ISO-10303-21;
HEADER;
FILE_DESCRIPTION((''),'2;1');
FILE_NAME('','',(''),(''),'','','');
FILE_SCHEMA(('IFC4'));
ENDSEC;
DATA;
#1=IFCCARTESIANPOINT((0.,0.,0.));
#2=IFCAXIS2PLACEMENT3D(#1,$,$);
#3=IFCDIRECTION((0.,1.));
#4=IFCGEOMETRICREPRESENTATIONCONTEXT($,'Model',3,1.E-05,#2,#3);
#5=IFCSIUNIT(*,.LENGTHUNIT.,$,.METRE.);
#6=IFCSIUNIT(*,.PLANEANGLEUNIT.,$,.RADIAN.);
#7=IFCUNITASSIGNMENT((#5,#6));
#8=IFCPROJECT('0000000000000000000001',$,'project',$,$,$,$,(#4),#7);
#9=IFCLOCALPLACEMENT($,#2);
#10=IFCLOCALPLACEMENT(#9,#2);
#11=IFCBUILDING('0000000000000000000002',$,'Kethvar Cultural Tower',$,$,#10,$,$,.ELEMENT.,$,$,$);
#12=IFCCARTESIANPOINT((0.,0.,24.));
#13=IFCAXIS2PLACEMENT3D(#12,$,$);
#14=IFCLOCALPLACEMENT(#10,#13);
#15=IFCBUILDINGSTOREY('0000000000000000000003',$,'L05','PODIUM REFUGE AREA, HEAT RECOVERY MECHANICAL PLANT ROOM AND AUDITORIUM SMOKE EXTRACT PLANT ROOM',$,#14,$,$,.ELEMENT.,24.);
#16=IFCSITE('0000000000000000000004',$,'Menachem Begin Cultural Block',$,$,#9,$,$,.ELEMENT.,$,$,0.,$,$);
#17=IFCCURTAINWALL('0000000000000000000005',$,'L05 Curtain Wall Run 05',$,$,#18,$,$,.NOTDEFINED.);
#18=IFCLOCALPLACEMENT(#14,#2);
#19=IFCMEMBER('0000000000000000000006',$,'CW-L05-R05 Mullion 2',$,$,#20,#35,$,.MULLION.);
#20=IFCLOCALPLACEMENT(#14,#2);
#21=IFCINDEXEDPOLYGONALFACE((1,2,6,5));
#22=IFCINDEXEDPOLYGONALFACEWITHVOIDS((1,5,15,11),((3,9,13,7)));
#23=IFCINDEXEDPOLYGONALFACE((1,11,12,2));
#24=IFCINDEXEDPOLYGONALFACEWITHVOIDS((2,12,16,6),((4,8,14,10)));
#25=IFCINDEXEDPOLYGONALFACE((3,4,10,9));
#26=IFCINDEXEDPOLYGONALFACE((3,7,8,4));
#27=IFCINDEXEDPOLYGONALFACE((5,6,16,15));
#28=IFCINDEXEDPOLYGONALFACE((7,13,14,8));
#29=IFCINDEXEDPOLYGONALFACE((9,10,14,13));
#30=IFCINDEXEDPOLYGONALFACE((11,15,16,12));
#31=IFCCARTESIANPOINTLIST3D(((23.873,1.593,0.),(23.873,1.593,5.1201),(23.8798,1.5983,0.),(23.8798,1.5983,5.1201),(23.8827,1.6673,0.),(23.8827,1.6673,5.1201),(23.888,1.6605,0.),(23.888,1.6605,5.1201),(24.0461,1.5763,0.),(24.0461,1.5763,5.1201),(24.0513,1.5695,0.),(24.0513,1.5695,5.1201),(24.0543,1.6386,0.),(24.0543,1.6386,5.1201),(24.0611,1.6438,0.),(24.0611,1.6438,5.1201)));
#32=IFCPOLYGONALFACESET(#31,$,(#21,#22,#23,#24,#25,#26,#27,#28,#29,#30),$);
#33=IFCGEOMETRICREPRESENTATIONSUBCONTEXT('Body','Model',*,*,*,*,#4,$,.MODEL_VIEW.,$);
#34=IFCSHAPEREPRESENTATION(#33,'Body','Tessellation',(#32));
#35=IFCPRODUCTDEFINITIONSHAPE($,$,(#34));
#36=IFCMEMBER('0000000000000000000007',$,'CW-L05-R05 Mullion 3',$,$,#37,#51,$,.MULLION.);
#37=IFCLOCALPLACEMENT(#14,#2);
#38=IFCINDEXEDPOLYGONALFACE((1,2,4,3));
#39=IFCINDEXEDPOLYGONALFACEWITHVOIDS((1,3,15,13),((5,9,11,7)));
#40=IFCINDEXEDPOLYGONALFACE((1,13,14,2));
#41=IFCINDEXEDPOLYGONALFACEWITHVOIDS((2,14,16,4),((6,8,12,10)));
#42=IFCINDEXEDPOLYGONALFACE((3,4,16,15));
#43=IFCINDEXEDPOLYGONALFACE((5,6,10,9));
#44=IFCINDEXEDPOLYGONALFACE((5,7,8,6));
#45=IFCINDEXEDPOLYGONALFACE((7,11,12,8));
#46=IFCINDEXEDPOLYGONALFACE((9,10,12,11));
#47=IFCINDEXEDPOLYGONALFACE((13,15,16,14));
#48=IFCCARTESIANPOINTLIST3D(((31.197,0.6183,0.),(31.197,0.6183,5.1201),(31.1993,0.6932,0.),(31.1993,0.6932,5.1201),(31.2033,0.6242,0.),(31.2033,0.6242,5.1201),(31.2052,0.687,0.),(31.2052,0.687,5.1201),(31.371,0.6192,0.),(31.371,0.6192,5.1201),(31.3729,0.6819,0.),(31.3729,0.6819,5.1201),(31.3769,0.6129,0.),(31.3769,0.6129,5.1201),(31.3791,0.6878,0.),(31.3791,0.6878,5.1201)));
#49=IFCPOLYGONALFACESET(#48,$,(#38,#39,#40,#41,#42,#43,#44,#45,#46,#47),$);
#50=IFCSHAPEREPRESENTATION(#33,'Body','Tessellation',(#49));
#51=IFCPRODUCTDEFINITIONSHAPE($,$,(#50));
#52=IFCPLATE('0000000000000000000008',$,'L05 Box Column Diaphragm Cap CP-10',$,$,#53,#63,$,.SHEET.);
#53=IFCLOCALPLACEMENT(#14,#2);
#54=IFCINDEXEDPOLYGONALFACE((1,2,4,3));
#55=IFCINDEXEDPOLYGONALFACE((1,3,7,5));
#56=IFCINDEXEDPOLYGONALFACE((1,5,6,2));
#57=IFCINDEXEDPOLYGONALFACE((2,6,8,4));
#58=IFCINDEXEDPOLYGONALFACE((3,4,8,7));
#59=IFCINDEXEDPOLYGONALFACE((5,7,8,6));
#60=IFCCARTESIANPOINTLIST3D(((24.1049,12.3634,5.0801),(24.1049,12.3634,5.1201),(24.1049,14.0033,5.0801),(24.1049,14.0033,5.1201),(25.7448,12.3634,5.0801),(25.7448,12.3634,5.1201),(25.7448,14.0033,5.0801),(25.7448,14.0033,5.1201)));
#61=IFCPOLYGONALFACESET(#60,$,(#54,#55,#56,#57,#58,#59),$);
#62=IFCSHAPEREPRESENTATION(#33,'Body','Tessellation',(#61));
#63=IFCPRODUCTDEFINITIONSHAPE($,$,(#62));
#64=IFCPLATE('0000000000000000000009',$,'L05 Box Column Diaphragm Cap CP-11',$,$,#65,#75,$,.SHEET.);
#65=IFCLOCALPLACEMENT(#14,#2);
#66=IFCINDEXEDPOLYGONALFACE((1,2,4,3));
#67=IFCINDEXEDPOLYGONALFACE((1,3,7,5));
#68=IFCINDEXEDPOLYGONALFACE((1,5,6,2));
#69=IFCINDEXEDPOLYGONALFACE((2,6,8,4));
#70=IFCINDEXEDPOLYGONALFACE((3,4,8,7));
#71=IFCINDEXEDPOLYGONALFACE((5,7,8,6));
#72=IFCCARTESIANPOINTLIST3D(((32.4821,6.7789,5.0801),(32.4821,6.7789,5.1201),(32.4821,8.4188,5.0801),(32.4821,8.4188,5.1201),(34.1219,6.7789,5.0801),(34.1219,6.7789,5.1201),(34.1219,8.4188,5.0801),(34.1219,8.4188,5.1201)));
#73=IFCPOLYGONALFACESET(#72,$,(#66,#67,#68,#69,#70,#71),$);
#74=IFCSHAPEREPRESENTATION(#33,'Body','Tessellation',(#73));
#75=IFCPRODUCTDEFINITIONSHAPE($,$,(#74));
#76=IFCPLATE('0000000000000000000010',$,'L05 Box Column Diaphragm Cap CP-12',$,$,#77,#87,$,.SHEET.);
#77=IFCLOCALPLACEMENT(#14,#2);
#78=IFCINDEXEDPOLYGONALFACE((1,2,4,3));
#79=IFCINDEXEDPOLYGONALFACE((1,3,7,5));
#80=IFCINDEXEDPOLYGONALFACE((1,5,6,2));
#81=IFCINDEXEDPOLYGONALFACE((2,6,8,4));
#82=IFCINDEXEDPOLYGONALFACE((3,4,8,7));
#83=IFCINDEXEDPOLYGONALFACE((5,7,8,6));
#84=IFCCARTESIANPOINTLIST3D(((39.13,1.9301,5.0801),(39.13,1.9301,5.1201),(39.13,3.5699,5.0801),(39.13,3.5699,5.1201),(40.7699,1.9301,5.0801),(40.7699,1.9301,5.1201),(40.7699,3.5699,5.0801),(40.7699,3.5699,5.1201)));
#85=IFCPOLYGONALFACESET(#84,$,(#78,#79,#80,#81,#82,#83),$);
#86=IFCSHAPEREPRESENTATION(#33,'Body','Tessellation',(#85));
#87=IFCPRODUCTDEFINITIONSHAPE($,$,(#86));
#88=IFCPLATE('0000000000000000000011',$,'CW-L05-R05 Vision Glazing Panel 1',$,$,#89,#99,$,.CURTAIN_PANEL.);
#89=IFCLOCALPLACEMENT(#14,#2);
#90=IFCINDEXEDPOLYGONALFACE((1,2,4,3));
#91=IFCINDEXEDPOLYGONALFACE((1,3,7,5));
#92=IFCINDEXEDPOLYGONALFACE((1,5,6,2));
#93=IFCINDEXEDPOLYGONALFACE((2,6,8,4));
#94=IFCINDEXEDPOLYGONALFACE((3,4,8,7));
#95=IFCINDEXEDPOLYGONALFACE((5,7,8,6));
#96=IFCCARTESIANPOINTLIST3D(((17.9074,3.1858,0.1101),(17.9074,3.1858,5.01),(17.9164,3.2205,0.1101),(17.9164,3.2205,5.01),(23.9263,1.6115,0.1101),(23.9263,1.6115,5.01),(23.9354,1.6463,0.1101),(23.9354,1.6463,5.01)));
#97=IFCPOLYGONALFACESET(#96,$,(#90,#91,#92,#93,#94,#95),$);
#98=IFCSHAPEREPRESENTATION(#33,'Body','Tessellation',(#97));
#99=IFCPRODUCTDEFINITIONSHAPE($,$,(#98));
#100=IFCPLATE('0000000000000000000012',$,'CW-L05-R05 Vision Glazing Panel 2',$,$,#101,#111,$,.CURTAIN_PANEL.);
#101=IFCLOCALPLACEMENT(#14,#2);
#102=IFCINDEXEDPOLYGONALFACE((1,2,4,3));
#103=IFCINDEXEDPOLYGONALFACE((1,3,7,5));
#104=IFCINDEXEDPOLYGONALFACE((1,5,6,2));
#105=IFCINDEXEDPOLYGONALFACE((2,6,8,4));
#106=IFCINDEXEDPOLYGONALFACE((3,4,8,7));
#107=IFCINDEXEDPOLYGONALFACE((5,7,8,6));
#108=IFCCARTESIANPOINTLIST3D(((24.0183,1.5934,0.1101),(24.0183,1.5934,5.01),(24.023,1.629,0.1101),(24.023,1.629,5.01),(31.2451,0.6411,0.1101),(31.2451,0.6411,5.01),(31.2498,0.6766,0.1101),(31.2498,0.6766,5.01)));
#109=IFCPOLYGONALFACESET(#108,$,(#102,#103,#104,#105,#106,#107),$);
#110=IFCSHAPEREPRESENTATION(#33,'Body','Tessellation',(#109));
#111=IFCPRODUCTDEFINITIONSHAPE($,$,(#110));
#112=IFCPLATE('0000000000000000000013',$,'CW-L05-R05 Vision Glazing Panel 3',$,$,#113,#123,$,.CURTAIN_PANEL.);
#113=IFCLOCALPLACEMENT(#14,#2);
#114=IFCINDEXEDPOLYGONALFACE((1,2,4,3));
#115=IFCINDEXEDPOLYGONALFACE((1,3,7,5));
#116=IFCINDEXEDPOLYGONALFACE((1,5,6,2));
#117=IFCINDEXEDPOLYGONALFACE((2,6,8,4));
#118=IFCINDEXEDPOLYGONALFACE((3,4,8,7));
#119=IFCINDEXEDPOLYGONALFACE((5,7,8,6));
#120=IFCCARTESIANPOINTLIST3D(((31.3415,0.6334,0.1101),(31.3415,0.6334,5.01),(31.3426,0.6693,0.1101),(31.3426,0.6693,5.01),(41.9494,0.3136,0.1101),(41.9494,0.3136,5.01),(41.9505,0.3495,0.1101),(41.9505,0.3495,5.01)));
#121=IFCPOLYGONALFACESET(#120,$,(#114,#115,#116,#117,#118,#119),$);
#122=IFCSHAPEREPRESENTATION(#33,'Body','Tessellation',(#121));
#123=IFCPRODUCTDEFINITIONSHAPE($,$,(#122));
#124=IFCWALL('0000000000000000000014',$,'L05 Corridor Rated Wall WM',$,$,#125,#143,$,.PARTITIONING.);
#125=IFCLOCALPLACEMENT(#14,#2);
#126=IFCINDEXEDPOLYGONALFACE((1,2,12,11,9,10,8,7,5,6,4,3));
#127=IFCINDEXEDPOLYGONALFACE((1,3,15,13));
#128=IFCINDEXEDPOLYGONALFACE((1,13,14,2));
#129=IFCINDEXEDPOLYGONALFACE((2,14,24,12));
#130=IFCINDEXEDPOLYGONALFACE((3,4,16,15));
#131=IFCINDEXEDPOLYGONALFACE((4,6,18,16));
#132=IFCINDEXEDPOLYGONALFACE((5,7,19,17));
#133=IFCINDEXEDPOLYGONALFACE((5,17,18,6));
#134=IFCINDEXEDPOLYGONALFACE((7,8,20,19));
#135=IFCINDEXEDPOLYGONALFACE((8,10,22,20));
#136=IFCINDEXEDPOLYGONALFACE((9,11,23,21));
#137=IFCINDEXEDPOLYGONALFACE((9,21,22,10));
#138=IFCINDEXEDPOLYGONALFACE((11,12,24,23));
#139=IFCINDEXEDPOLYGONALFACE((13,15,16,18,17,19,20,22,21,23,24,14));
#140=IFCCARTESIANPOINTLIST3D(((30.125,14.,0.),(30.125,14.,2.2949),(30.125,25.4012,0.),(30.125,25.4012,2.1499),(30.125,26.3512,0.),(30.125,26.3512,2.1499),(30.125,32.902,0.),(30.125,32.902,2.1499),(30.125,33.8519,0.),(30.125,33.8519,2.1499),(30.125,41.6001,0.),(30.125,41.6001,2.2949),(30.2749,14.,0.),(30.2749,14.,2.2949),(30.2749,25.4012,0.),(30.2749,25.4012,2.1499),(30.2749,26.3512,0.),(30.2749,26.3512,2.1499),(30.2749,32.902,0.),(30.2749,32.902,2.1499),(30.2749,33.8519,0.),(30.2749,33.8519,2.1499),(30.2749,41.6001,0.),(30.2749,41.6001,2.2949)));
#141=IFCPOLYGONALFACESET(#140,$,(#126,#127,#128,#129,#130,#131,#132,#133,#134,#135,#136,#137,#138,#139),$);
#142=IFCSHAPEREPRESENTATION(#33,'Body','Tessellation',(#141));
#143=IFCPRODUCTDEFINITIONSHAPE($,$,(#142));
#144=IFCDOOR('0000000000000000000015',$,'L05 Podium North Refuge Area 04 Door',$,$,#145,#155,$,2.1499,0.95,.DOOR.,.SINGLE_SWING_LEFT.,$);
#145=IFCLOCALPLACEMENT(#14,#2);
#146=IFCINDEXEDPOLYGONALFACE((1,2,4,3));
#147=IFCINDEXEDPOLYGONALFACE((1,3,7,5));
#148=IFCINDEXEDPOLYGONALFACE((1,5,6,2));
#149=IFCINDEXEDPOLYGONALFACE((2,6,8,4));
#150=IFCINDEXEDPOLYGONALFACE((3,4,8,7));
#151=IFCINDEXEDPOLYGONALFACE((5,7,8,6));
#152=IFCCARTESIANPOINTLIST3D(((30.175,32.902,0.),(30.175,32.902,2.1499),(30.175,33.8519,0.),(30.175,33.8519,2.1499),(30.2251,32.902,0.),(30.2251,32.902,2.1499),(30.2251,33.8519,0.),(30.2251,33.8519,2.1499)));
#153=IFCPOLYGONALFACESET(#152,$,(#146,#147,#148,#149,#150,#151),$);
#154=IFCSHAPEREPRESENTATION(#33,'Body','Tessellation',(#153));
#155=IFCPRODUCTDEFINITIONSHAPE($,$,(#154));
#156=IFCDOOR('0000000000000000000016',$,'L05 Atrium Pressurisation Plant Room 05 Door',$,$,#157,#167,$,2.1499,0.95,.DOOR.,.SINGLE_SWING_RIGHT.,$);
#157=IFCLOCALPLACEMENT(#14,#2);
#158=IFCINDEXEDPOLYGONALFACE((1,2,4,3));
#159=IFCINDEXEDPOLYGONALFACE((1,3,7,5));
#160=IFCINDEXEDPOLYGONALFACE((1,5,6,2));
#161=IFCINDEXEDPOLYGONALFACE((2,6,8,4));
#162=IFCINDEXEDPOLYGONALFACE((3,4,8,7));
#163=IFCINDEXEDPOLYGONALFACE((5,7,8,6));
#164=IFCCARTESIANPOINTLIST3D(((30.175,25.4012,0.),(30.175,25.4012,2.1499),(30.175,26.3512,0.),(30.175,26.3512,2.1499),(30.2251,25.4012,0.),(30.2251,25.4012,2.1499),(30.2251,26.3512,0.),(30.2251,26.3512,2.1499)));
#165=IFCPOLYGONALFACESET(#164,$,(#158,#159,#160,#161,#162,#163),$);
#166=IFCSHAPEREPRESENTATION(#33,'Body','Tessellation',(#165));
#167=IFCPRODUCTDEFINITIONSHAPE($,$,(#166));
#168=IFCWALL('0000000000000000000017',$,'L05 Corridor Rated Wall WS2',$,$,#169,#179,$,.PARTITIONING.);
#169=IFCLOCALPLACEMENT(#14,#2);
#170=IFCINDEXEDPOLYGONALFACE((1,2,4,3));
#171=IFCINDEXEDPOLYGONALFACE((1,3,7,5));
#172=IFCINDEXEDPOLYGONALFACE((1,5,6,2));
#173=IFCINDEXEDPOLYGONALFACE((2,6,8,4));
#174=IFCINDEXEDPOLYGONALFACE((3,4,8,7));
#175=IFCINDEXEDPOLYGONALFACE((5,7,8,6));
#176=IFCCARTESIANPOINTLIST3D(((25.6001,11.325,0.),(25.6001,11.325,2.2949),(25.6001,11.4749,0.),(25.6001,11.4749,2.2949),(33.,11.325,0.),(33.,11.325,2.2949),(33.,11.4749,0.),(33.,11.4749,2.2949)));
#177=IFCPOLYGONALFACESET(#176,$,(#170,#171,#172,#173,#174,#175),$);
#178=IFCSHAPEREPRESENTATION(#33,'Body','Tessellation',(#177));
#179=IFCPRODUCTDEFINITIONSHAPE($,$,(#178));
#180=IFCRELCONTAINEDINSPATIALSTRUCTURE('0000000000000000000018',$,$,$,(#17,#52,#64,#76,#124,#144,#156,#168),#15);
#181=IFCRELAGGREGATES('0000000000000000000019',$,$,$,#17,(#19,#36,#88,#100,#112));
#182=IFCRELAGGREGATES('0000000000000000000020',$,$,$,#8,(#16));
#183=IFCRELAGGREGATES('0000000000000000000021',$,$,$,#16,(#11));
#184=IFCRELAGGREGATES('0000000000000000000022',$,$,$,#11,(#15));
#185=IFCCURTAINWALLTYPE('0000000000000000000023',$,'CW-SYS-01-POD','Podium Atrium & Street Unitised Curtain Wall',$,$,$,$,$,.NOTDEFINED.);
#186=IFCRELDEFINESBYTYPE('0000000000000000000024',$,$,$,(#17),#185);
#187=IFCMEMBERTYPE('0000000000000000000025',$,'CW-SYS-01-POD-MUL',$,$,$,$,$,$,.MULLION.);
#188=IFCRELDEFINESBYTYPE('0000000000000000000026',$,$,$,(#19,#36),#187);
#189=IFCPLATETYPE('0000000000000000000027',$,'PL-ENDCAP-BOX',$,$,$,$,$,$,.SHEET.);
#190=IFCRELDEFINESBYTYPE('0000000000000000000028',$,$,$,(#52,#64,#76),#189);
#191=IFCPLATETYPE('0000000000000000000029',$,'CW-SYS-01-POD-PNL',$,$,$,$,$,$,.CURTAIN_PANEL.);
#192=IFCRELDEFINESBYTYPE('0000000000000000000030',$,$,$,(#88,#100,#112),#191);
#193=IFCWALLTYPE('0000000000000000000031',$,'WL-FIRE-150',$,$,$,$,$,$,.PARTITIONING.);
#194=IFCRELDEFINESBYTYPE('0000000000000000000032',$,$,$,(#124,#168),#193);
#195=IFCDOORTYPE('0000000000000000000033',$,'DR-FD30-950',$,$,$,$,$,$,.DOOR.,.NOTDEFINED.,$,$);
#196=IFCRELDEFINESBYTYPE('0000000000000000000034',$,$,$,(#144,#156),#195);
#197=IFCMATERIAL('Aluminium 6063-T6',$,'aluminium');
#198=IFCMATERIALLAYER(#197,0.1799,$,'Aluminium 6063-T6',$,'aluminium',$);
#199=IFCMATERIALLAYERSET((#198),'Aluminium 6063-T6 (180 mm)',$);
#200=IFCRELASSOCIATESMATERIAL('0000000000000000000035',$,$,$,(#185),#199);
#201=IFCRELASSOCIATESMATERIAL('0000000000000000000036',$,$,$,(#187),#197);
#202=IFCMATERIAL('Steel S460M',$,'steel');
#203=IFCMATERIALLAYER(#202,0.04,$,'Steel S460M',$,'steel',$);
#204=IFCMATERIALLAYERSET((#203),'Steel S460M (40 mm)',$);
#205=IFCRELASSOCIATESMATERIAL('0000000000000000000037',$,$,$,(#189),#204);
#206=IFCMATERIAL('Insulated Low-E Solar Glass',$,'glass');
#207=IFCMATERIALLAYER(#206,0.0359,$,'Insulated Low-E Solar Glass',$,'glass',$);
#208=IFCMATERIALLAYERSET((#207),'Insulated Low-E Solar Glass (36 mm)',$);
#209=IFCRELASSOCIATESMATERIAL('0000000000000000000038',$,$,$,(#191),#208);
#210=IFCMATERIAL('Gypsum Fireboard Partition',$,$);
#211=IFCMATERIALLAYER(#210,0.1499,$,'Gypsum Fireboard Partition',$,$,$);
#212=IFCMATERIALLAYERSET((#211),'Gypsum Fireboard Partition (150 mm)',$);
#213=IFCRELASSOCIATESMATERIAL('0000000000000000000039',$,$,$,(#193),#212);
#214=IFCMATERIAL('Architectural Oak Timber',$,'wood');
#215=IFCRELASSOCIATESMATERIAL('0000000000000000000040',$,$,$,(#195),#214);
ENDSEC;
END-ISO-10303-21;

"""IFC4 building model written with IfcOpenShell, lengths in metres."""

from ifc_helpers import new_model, si_unit, direction, frame, frame_2d, origin, origin_2d, place, context, subcontext, project, spatial, rectangle, hollow_rectangle, extrude, source, transform, mapped, material, layer, layer_set, material_profile, profile_set, type_object, element, fill, aggregate, save


model = new_model("IFC4")

# Units and contexts
model_context = context("Model", 3, precision=1e-05, world=origin(), true_north=direction((0.0, 1.0)))
body_context = subcontext(model_context, "Body", "Model", "MODEL_VIEW")
ifc_project = project(units=[si_unit("LENGTHUNIT", "METRE"), si_unit("PLANEANGLEUNIT", "RADIAN")], contexts=[model_context])

# Site, building, storey
site_placement = place(None, origin())
site = spatial("IfcSite", under=ifc_project, at=site_placement, Name="Menachem Begin Cultural Block", CompositionType="ELEMENT", RefElevation=0.0)
building_placement = place(site_placement, origin())
building = spatial("IfcBuilding", under=site, at=building_placement, Name="Kethvar Cultural Tower", CompositionType="ELEMENT")
storey_placement = place(building_placement, frame((0.0, 0.0, 24.0)))
storey = spatial("IfcBuildingStorey", under=building, at=storey_placement, Name="L05", Description="PODIUM REFUGE AREA, HEAT RECOVERY MECHANICAL PLANT ROOM AND AUDITORIUM SMOKE EXTRACT PLANT ROOM", CompositionType="ELEMENT", Elevation=24.0)

# Shared definitions
ifc_material_1 = material(Name="Steel S460M", Category="steel")

# Curtain wall, members
ifc_material_2 = material(Name="Aluminium 6063-T6", Category="aluminium")
ifc_layer_1 = layer(ifc_material_2, 0.1799, Name="Aluminium 6063-T6", Category="aluminium")
ifc_layer_set_1 = layer_set([ifc_layer_1], Name="Aluminium 6063-T6 (180 mm)")
curtain_wall_type = type_object("IfcCurtainWallType", Name="CW-SYS-01-POD", Description="Podium Atrium & Street Unitised Curtain Wall", PredefinedType="NOTDEFINED", material=ifc_layer_set_1)
curtain_wall_placement = place(storey_placement, origin())
curtain_wall = element("IfcCurtainWall", 1, at=curtain_wall_placement, inside=storey, type_object=curtain_wall_type, Name="L05 Curtain Wall Run 05", PredefinedType="NOTDEFINED")
ifc_material_profile_1 = material_profile(ifc_material_2, hollow_rectangle(XDim=0.075, YDim=0.1799, WallThickness=0.0061, at=origin_2d()), Name="Aluminium 6063-T6 — RHS180x75x6")
ifc_profile_set_1 = profile_set([ifc_material_profile_1], Name="Aluminium 6063-T6 — RHS180x75x6")
member_type_1 = type_object("IfcMemberType", Name="CW-SYS-01-POD-MUL", PredefinedType="MULLION", material=ifc_profile_set_1)
shared_shape_1 = source(origin(), body_context, "Body", "SweptSolid", [
    extrude(hollow_rectangle(XDim=0.075, YDim=0.1799, WallThickness=0.0061, at=origin_2d()), origin(), (0.0, 0.0, 1.0), 5.1201),
])
member_1_placement = place(storey_placement, frame((23.967, 1.6184, 0.0), z_axis=(0.0, 0.0, 1.0), x_axis=(0.130647, 0.991429, 0.0)))
member_1 = element("IfcMember", 2, at=member_1_placement, type_object=member_type_1, Name="CW-L05-R05 Mullion 2", PredefinedType="MULLION", context=body_context, shape_type="MappedRepresentation", body=[
    mapped(shared_shape_1, transform((0.0, 0.0, 0.0), scale=1.0)),
])
member_2_placement = place(storey_placement, frame((31.2881, 0.6531, 0.0), z_axis=(0.0, 0.0, 1.0), x_axis=(0.030137, 0.999546, 0.0)))
member_2 = element("IfcMember", 3, at=member_2_placement, type_object=member_type_1, Name="CW-L05-R05 Mullion 3", PredefinedType="MULLION", context=body_context, shape_type="MappedRepresentation", body=[
    mapped(shared_shape_1, transform((0.0, 0.0, 0.0), scale=1.0)),
])

# Plates
ifc_layer_2 = layer(ifc_material_1, 0.04, Name="Steel S460M", Category="steel")
ifc_layer_set_2 = layer_set([ifc_layer_2], Name="Steel S460M (40 mm)")
plate_type_1 = type_object("IfcPlateType", Name="PL-ENDCAP-BOX", PredefinedType="SHEET", material=ifc_layer_set_2)
shared_shape_2 = source(origin(), body_context, "Body", "SweptSolid", [
    extrude(rectangle(XDim=1.6399, YDim=1.6399, at=origin_2d()), origin(), (0.0, 0.0, 1.0), 0.04),
])
for number, where, z_axis, x_axis, name in (
    (4, (24.9248, 13.1833, 5.0801), (0.0, 0.0, 1.0), (1.0, 0.0, 0.0), "L05 Box Column Diaphragm Cap CP-10"),
    (5, (33.302, 7.5989, 5.0801), (0.0, 0.0, 1.0), (1.0, 0.0, 0.0), "L05 Box Column Diaphragm Cap CP-11"),
    (6, (39.95, 2.75, 5.0801), (0.0, 0.0, 1.0), (1.0, 0.0, 0.0), "L05 Box Column Diaphragm Cap CP-12"),
):
    element("IfcPlate", number, at=place(storey_placement, frame(where, z_axis=z_axis, x_axis=x_axis)), inside=storey, type_object=plate_type_1, Name=name, PredefinedType="SHEET", context=body_context, shape_type="MappedRepresentation", body=[
        mapped(shared_shape_2, transform((0.0, 0.0, 0.0), scale=1.0)),
    ])

# Plates
ifc_material_3 = material(Name="Insulated Low-E Solar Glass", Category="glass")
ifc_layer_3 = layer(ifc_material_3, 0.0359, Name="Insulated Low-E Solar Glass", Category="glass")
ifc_layer_set_3 = layer_set([ifc_layer_3], Name="Insulated Low-E Solar Glass (36 mm)")
plate_type_2 = type_object("IfcPlateType", Name="CW-SYS-01-POD-PNL", PredefinedType="CURTAIN_PANEL", material=ifc_layer_set_3)
shared_shape_3 = source(origin(), body_context, "Body", "SweptSolid", [
    extrude(rectangle(XDim=6.2214, YDim=0.0359, at=origin_2d()), origin(), (0.0, 0.0, 1.0), 4.8999),
])
plate_1_placement = place(storey_placement, frame((20.9214, 2.416, 0.1101), z_axis=(0.0, 0.0, 1.0), x_axis=(0.967458, -0.253032, 0.0)))
plate_1 = element("IfcPlate", 7, at=plate_1_placement, type_object=plate_type_2, Name="CW-L05-R05 Vision Glazing Panel 1", PredefinedType="CURTAIN_PANEL", context=body_context, shape_type="MappedRepresentation", body=[
    mapped(shared_shape_3, transform((0.0, 0.0, 0.0), scale=1.0)),
])
shared_shape_4 = source(origin(), body_context, "Body", "SweptSolid", [
    extrude(rectangle(XDim=7.2893, YDim=0.0359, at=origin_2d()), origin(), (0.0, 0.0, 1.0), 4.8999),
])
plate_2_placement = place(storey_placement, frame((27.634, 1.135, 0.1101), z_axis=(0.0, 0.0, 1.0), x_axis=(0.991429, -0.130647, 0.0)))
plate_2 = element("IfcPlate", 8, at=plate_2_placement, type_object=plate_type_2, Name="CW-L05-R05 Vision Glazing Panel 2", PredefinedType="CURTAIN_PANEL", context=body_context, shape_type="MappedRepresentation", body=[
    mapped(shared_shape_4, transform((0.0, 0.0, 0.0), scale=1.0)),
])
shared_shape_5 = source(origin(), body_context, "Body", "SweptSolid", [
    extrude(rectangle(XDim=10.6128, YDim=0.0359, at=origin_2d()), origin(), (0.0, 0.0, 1.0), 4.8999),
])
plate_3_placement = place(storey_placement, frame((36.646, 0.4915, 0.1101), z_axis=(0.0, 0.0, 1.0), x_axis=(0.999546, -0.030137, 0.0)))
plate_3 = element("IfcPlate", 9, at=plate_3_placement, type_object=plate_type_2, Name="CW-L05-R05 Vision Glazing Panel 3", PredefinedType="CURTAIN_PANEL", context=body_context, shape_type="MappedRepresentation", body=[
    mapped(shared_shape_5, transform((0.0, 0.0, 0.0), scale=1.0)),
])
aggregate(curtain_wall, [member_1, member_2, plate_1, plate_2, plate_3])

# Wall, openings, doors
ifc_material_4 = material(Name="Gypsum Fireboard Partition")
ifc_layer_4 = layer(ifc_material_4, 0.1499, Name="Gypsum Fireboard Partition")
ifc_layer_set_4 = layer_set([ifc_layer_4], Name="Gypsum Fireboard Partition (150 mm)")
wall_type_1 = type_object("IfcWallType", Name="WL-FIRE-150", PredefinedType="PARTITIONING", material=ifc_layer_set_4)
wall_1_placement = place(storey_placement, frame((30.2, 14.0, 0.0), z_axis=(0.0, 0.0, 1.0), x_axis=(0.0, 1.0, 0.0)))
wall_1 = element("IfcWall", 10, at=wall_1_placement, inside=storey, type_object=wall_type_1, Name="L05 Corridor Rated Wall WM", PredefinedType="PARTITIONING", context=body_context, shape_type="SweptSolid", body=[
    extrude(rectangle(XDim=27.6001, YDim=0.1499, at=frame_2d((13.8, 0.0))), origin(), (0.0, 0.0, 1.0), 2.2949),
])
opening_1_placement = place(wall_1_placement, frame((18.9019, 0.0, 0.0)))
opening_1 = element("IfcOpeningElement", 11, at=opening_1_placement, cuts=wall_1, PredefinedType="OPENING", context=body_context, shape_type="SweptSolid", body=[
    extrude(rectangle(XDim=0.95, YDim=2.1499, at=frame_2d((0.4751, 1.075))), frame((0.0, 0.085, 0.0), z_axis=(0.0, -1.0, 0.0), x_axis=(1.0, 0.0, 0.0)), (0.0, 0.0, 1.0), 0.1699),
])
opening_2_placement = place(wall_1_placement, frame((11.4011, 0.0, 0.0)))
opening_2 = element("IfcOpeningElement", 12, at=opening_2_placement, cuts=wall_1, PredefinedType="OPENING", context=body_context, shape_type="SweptSolid", body=[
    extrude(rectangle(XDim=0.95, YDim=2.1499, at=frame_2d((0.4751, 1.075))), frame((0.0, 0.085, 0.0), z_axis=(0.0, -1.0, 0.0), x_axis=(1.0, 0.0, 0.0)), (0.0, 0.0, 1.0), 0.1699),
])
ifc_material_5 = material(Name="Architectural Oak Timber", Category="wood")
door_type = type_object("IfcDoorType", Name="DR-FD30-950", OperationType="NOTDEFINED", PredefinedType="DOOR", material=ifc_material_5)
shared_shape_6 = source(origin(), body_context, "Body", "SweptSolid", [
    extrude(rectangle(XDim=0.95, YDim=2.1499, at=frame_2d((0.4751, 1.075))), frame((0.0, 0.0249, 0.0), z_axis=(0.0, -1.0, 0.0), x_axis=(1.0, 0.0, 0.0)), (0.0, 0.0, 1.0), 0.05),
])
door_1_placement = place(opening_1_placement, origin())
door_1 = element("IfcDoor", 13, at=door_1_placement, inside=storey, type_object=door_type, Name="L05 Podium North Refuge Area 04 Door", OperationType="SINGLE_SWING_LEFT", OverallHeight=2.1499, OverallWidth=0.95, PredefinedType="DOOR", context=body_context, shape_type="MappedRepresentation", body=[
    mapped(shared_shape_6, transform((0.0, 0.0, 0.0), scale=1.0)),
])
fill(opening_1, door_1)
door_2_placement = place(opening_2_placement, origin())
door_2 = element("IfcDoor", 14, at=door_2_placement, inside=storey, type_object=door_type, Name="L05 Atrium Pressurisation Plant Room 05 Door", OperationType="SINGLE_SWING_RIGHT", OverallHeight=2.1499, OverallWidth=0.95, PredefinedType="DOOR", context=body_context, shape_type="MappedRepresentation", body=[
    mapped(shared_shape_6, transform((0.0, 0.0, 0.0), scale=1.0)),
])
fill(opening_2, door_2)

# Wall
wall_2_placement = place(storey_placement, frame((25.6001, 11.3999, 0.0), z_axis=(0.0, 0.0, 1.0), x_axis=(1.0, 0.0, 0.0)))
element("IfcWall", 15, at=wall_2_placement, inside=storey, type_object=wall_type_1, Name="L05 Corridor Rated Wall WS2", PredefinedType="PARTITIONING", context=body_context, shape_type="SweptSolid", body=[
    extrude(rectangle(XDim=7.3999, YDim=0.1499, at=frame_2d((3.7, 0.0))), origin(), (0.0, 0.0, 1.0), 2.2949),
])

save(model, "model.ifc")
